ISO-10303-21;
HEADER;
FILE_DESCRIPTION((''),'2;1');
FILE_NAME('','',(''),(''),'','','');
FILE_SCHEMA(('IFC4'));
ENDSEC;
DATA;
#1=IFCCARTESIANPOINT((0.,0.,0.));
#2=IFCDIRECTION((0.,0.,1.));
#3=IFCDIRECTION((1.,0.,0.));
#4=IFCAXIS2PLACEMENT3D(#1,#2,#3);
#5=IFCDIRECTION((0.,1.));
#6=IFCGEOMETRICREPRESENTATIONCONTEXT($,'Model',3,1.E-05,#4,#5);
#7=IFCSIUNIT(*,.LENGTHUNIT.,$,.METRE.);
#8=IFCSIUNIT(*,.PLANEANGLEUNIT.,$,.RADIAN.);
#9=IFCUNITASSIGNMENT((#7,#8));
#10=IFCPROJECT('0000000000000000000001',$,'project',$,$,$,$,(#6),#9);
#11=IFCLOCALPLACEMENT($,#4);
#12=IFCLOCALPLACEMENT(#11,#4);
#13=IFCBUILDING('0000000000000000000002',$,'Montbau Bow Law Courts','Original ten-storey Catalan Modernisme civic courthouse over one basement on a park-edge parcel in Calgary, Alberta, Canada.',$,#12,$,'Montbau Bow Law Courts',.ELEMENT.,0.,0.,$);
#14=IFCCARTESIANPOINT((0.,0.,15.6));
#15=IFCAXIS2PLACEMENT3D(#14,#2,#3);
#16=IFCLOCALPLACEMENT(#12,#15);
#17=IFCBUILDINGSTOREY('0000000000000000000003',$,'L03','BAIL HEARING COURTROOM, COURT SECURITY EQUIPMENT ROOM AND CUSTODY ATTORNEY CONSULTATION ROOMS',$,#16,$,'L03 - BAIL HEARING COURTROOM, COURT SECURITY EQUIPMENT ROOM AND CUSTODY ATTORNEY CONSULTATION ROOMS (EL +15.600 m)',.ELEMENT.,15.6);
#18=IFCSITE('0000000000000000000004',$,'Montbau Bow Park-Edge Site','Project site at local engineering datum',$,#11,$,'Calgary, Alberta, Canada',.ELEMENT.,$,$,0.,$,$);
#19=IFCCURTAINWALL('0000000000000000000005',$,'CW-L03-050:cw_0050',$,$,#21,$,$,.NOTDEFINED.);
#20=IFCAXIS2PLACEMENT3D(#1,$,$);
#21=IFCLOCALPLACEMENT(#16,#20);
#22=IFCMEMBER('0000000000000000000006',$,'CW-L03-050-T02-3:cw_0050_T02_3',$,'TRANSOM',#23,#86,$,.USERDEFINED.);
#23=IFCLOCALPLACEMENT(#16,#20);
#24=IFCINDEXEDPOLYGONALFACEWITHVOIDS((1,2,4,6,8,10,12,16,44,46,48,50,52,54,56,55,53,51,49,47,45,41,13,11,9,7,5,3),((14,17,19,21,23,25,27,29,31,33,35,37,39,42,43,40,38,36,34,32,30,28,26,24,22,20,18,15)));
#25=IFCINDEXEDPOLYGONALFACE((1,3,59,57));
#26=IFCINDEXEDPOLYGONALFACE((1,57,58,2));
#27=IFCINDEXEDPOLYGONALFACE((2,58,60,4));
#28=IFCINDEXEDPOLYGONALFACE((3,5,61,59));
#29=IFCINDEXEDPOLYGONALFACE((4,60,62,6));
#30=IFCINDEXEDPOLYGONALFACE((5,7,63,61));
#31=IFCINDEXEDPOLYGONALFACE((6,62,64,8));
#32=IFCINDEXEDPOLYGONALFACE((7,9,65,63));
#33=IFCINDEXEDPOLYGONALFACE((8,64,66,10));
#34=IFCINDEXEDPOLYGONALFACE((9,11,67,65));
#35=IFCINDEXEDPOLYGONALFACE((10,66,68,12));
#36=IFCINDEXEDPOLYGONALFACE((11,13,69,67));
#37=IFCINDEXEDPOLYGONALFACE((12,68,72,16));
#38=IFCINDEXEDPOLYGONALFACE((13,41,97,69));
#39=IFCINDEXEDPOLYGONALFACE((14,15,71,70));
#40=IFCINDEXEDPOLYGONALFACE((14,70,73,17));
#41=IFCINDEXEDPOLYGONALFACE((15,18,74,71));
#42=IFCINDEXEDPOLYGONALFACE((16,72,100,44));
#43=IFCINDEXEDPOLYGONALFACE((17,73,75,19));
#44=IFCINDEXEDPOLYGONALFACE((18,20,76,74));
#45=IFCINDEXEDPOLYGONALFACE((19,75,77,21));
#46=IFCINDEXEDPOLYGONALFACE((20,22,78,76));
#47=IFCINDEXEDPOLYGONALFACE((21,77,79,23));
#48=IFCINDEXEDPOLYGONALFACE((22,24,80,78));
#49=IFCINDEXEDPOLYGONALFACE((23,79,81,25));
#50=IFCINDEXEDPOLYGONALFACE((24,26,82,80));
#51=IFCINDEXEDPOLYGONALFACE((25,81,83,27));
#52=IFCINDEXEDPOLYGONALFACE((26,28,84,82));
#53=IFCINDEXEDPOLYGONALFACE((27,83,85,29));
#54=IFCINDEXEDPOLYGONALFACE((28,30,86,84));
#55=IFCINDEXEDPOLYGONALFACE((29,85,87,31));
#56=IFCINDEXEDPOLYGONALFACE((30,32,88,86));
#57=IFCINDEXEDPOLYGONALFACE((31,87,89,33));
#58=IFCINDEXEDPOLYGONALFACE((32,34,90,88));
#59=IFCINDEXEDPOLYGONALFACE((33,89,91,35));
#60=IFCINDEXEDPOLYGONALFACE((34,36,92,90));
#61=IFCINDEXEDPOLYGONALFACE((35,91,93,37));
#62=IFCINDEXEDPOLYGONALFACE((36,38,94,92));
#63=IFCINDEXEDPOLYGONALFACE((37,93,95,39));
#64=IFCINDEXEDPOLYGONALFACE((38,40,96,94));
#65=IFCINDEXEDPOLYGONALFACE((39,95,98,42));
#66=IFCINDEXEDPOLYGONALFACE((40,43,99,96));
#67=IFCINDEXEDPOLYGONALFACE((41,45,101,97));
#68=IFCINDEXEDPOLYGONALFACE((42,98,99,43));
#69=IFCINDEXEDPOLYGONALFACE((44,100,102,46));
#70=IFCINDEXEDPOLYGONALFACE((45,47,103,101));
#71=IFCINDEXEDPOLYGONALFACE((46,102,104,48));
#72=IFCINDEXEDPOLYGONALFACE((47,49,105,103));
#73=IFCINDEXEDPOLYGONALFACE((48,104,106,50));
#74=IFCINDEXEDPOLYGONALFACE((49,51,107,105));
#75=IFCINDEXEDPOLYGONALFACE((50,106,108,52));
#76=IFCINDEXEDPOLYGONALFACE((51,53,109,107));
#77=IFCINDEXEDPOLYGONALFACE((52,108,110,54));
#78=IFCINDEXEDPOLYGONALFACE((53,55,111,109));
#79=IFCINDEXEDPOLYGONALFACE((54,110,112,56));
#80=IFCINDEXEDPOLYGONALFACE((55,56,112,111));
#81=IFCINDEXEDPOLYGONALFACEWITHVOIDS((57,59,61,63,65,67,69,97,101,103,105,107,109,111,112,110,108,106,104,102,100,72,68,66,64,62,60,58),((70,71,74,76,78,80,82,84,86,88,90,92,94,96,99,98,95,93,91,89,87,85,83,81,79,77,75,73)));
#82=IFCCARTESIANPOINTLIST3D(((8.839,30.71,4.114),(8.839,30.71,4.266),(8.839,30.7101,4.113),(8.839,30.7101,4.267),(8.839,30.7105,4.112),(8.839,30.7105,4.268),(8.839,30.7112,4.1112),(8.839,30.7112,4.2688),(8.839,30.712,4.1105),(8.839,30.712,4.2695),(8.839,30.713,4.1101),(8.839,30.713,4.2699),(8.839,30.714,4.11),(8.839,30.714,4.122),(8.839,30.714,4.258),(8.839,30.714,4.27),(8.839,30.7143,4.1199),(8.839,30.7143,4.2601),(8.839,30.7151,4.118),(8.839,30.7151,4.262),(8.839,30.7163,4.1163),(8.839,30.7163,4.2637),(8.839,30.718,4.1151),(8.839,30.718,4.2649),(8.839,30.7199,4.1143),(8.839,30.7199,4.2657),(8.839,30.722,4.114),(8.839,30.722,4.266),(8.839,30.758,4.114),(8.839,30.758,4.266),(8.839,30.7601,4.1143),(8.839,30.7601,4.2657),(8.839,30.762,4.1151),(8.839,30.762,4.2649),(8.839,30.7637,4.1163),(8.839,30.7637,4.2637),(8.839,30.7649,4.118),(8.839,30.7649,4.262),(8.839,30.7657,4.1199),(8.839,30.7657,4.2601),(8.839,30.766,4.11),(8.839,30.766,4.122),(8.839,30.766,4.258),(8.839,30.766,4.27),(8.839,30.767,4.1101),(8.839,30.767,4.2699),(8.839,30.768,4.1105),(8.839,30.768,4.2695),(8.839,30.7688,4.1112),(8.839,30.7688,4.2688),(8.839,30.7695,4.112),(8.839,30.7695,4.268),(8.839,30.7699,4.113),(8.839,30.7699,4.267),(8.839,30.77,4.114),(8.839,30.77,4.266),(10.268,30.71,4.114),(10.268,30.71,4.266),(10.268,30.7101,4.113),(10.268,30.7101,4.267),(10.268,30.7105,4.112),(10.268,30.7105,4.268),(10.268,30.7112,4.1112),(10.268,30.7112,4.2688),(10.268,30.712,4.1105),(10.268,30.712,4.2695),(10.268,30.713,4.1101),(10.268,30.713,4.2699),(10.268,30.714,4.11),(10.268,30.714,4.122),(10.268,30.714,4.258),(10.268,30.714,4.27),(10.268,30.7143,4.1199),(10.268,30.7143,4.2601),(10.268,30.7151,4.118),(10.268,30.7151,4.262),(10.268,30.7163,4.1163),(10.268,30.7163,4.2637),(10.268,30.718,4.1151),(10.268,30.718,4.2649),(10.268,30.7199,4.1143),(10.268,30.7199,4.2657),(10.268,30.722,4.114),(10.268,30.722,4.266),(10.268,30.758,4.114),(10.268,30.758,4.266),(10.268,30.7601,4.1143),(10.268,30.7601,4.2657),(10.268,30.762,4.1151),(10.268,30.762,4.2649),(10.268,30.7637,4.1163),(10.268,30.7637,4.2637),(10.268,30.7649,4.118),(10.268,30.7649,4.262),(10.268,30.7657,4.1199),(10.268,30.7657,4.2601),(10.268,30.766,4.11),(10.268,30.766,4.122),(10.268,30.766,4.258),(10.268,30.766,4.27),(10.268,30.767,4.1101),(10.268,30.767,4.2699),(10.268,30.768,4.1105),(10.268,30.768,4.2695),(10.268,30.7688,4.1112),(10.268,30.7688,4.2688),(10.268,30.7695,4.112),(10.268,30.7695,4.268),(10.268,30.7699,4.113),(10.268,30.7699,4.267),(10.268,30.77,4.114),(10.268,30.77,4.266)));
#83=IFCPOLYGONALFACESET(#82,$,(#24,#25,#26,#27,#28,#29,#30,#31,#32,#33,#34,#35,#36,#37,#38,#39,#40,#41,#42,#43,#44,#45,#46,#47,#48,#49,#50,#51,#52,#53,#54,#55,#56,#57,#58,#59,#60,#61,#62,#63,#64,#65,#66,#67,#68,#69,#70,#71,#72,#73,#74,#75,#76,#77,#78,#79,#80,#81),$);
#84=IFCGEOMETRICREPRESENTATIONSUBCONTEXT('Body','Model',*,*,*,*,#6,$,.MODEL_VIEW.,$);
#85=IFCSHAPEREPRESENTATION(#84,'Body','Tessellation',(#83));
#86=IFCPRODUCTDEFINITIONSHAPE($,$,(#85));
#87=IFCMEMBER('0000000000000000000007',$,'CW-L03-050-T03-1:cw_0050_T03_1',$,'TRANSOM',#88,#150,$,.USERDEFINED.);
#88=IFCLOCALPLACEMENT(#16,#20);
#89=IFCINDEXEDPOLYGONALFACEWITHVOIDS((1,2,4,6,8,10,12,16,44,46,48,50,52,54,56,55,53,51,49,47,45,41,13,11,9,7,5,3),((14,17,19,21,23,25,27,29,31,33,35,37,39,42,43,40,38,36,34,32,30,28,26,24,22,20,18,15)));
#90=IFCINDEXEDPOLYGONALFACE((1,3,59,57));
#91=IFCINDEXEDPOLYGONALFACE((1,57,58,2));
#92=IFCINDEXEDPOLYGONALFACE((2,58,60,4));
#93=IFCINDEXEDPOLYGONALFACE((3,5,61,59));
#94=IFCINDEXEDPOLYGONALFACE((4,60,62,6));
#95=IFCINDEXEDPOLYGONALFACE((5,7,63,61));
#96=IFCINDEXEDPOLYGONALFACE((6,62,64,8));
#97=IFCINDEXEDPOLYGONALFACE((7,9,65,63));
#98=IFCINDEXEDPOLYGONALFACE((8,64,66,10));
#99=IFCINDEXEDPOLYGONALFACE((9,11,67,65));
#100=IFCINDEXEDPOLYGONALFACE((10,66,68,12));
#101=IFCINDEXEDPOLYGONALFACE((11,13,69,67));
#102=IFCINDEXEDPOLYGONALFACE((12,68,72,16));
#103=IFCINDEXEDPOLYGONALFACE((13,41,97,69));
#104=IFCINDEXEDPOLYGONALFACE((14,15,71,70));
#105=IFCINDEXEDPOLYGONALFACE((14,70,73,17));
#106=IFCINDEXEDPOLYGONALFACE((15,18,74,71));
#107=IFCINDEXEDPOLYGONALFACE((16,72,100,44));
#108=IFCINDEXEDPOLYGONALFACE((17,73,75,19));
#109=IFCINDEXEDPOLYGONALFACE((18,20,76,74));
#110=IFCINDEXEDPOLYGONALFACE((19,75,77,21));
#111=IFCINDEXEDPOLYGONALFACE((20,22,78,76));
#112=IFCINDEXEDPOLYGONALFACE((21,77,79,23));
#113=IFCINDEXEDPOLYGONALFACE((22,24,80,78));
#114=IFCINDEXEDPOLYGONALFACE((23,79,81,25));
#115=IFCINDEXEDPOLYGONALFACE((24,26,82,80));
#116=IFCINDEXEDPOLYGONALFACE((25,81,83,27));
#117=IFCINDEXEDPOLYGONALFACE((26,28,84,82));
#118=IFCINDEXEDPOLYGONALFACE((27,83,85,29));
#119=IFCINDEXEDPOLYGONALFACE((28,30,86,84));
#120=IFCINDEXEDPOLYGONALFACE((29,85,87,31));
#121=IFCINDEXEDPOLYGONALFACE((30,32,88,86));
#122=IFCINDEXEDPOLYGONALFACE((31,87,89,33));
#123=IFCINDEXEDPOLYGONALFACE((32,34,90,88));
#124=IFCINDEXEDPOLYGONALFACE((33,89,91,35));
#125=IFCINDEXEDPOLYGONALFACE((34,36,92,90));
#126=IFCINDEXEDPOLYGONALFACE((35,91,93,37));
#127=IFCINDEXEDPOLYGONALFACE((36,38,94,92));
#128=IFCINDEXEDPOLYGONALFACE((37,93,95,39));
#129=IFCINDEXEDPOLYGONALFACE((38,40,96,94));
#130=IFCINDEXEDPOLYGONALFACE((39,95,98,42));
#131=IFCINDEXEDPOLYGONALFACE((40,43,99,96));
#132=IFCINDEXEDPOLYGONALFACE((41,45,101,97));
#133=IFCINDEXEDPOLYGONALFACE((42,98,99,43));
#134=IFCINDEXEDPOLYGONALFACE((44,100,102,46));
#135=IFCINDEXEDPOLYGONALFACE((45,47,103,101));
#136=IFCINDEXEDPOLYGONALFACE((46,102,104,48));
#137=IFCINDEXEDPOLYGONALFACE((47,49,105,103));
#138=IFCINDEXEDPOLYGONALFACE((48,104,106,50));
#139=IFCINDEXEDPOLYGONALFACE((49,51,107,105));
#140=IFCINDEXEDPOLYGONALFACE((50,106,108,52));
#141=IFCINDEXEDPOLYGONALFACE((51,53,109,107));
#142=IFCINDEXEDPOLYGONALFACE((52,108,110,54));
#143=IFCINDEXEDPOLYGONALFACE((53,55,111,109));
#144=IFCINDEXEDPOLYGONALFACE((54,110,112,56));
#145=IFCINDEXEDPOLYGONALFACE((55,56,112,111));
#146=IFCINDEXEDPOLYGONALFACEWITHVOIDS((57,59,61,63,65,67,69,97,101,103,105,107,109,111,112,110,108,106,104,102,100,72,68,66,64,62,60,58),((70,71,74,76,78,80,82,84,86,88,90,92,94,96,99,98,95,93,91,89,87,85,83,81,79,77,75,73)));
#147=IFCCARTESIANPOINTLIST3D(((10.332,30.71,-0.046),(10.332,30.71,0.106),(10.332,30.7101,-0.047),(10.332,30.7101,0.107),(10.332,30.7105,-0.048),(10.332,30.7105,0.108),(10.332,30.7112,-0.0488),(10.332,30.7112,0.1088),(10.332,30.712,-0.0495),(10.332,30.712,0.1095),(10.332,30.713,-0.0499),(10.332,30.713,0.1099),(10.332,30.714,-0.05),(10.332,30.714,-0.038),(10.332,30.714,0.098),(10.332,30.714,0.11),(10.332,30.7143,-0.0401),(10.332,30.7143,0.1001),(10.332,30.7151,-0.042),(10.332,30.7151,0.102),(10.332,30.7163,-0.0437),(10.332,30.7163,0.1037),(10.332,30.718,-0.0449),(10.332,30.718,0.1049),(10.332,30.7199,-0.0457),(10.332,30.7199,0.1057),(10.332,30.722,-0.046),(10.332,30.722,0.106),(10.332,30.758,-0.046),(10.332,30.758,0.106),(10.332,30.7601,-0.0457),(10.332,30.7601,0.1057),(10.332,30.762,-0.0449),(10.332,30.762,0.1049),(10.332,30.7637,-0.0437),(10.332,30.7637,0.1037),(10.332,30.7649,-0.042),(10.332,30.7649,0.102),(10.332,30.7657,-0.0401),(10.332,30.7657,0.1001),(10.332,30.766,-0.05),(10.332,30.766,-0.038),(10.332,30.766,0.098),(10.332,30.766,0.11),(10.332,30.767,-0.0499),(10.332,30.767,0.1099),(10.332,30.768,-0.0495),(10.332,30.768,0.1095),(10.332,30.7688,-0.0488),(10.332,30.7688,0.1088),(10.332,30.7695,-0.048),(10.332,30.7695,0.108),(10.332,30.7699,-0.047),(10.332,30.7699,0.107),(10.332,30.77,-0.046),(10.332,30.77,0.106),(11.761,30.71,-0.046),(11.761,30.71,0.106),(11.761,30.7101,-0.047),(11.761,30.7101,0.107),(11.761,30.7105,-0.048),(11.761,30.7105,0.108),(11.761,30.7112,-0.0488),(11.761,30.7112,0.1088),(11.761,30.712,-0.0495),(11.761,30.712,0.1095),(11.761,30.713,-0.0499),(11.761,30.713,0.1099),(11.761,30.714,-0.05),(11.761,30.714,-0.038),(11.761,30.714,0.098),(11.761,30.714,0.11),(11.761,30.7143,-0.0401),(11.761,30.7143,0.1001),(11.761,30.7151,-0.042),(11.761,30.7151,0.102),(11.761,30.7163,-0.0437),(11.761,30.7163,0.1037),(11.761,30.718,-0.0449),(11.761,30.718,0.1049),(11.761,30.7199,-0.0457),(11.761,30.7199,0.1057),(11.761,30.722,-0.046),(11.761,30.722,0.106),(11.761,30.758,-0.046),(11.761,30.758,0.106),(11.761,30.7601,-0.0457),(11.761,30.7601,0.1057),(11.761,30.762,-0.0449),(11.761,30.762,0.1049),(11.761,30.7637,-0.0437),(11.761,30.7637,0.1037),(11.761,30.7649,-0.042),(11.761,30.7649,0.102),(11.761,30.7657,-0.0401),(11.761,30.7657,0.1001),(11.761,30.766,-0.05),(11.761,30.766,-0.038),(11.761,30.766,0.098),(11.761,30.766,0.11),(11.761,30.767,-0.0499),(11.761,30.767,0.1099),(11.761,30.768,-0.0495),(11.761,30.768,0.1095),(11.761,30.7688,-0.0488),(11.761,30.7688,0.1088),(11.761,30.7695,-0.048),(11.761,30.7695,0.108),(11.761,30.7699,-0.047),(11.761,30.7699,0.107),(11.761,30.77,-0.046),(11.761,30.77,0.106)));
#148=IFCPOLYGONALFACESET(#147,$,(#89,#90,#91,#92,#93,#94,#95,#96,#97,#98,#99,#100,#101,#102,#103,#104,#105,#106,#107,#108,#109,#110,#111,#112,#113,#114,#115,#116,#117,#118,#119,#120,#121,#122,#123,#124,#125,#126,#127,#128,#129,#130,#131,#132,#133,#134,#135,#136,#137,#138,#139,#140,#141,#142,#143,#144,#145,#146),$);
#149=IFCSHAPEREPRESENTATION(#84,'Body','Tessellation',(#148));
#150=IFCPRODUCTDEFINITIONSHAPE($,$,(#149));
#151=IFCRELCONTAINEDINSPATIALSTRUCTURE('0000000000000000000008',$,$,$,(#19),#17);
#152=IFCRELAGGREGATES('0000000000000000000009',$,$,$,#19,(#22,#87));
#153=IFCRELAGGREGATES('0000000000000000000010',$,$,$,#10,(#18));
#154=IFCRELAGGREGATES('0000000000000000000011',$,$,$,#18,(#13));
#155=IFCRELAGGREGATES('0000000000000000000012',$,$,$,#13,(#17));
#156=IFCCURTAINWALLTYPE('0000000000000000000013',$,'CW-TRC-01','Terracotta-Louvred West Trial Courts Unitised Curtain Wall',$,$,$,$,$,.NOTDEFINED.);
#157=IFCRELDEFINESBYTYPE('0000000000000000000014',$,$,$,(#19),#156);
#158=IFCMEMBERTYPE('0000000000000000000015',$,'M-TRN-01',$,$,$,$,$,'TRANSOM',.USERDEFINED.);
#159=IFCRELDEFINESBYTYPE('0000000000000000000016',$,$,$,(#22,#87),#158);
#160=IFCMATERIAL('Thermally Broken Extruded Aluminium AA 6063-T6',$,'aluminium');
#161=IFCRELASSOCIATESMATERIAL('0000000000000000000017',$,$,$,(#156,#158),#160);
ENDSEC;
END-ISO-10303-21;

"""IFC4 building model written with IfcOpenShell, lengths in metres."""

from ifc_helpers import new_model, si_unit, direction, frame, origin_with_axes, origin_2d_with_axis, place, context, subcontext, project, spatial, hollow_rectangle, extrude, material, material_profile, profile_set, type_object, element, aggregate, save


model = new_model("IFC4")

# Units and contexts
model_context = context("Model", 3, precision=1e-05, world=origin_with_axes(), true_north=direction((0.0, 1.0)))
body_context = subcontext(model_context, "Body", "Model", "MODEL_VIEW")
ifc_project = project(units=[si_unit("LENGTHUNIT", "METRE"), si_unit("PLANEANGLEUNIT", "RADIAN")], contexts=[model_context])

# Site, building, storey
site_placement = place(None, origin_with_axes())
site = spatial("IfcSite", under=ifc_project, at=site_placement, Name="Montbau Bow Park-Edge Site", Description="Project site at local engineering datum", LongName="Calgary, Alberta, Canada", CompositionType="ELEMENT", RefElevation=0.0)
building_placement = place(site_placement, origin_with_axes())
building = spatial("IfcBuilding", under=site, at=building_placement, Name="Montbau Bow Law Courts", Description="Original ten-storey Catalan Modernisme civic courthouse over one basement on a park-edge parcel in Calgary, Alberta, Canada.", LongName="Montbau Bow Law Courts", CompositionType="ELEMENT", ElevationOfRefHeight=0.0, ElevationOfTerrain=0.0)
storey_placement = place(building_placement, frame((0.0, 0.0, 15.6), z_axis=(0.0, 0.0, 1.0), x_axis=(1.0, 0.0, 0.0)))
storey = spatial("IfcBuildingStorey", under=building, at=storey_placement, Name="L03", Description="BAIL HEARING COURTROOM, COURT SECURITY EQUIPMENT ROOM AND CUSTODY ATTORNEY CONSULTATION ROOMS", LongName="L03 - BAIL HEARING COURTROOM, COURT SECURITY EQUIPMENT ROOM AND CUSTODY ATTORNEY CONSULTATION ROOMS (EL +15.600 m)", CompositionType="ELEMENT", Elevation=15.6)

# Curtain wall, members
ifc_material_1 = material(Name="Thermally Broken Extruded Aluminium AA 6063-T6", Category="aluminium")
curtain_wall_type = type_object("IfcCurtainWallType", Name="CW-TRC-01", Description="Terracotta-Louvred West Trial Courts Unitised Curtain Wall", PredefinedType="NOTDEFINED", material=ifc_material_1)
curtain_wall_placement = place(None, frame((7.315, 30.74, 15.6), z_axis=(0.0, 0.0, 1.0), x_axis=(1.0, 0.0, 0.0)))
curtain_wall = element("IfcCurtainWall", 1, at=curtain_wall_placement, inside=storey, type_object=curtain_wall_type, Name="CW-L03-050:cw_0050", PredefinedType="NOTDEFINED")
ifc_material_profile_1 = material_profile(ifc_material_1, hollow_rectangle(XDim=0.06, YDim=0.16, WallThickness=0.004, InnerFilletRadius=0.008, OuterFilletRadius=0.004, at=origin_2d_with_axis()), Name="CWT-160X60", Category="Main", Priority=0)
ifc_profile_set_1 = profile_set([ifc_material_profile_1], Name="Thermally Broken Extruded Aluminium AA 6063-T6")
member_type_1 = type_object("IfcMemberType", Name="M-TRN-01", ElementType="TRANSOM", PredefinedType="USERDEFINED", material=ifc_profile_set_1)
member_1_placement = place(None, frame((8.839, 30.74, 19.79), z_axis=(1.0, 0.0, 0.0), x_axis=(0.0, 1.0, 0.0)))
member_1 = element("IfcMember", 2, at=member_1_placement, type_object=member_type_1, Name="CW-L03-050-T02-3:cw_0050_T02_3", ObjectType="TRANSOM", PredefinedType="USERDEFINED", context=body_context, shape_type="SweptSolid", body=[
    extrude(hollow_rectangle(XDim=0.06, YDim=0.16, WallThickness=0.004, InnerFilletRadius=0.008, OuterFilletRadius=0.004, at=origin_2d_with_axis()), origin_with_axes(), (0.0, 0.0, 1.0), 1.429),
])
member_2_placement = place(None, frame((10.332, 30.74, 15.63), z_axis=(1.0, 0.0, 0.0), x_axis=(0.0, 1.0, 0.0)))
member_2 = element("IfcMember", 3, at=member_2_placement, type_object=member_type_1, Name="CW-L03-050-T03-1:cw_0050_T03_1", ObjectType="TRANSOM", PredefinedType="USERDEFINED", context=body_context, shape_type="SweptSolid", body=[
    extrude(hollow_rectangle(XDim=0.06, YDim=0.16, WallThickness=0.004, InnerFilletRadius=0.008, OuterFilletRadius=0.004, at=origin_2d_with_axis()), origin_with_axes(), (0.0, 0.0, 1.0), 1.429),
])
aggregate(curtain_wall, [member_1, member_2])

save(model, "model.ifc")
